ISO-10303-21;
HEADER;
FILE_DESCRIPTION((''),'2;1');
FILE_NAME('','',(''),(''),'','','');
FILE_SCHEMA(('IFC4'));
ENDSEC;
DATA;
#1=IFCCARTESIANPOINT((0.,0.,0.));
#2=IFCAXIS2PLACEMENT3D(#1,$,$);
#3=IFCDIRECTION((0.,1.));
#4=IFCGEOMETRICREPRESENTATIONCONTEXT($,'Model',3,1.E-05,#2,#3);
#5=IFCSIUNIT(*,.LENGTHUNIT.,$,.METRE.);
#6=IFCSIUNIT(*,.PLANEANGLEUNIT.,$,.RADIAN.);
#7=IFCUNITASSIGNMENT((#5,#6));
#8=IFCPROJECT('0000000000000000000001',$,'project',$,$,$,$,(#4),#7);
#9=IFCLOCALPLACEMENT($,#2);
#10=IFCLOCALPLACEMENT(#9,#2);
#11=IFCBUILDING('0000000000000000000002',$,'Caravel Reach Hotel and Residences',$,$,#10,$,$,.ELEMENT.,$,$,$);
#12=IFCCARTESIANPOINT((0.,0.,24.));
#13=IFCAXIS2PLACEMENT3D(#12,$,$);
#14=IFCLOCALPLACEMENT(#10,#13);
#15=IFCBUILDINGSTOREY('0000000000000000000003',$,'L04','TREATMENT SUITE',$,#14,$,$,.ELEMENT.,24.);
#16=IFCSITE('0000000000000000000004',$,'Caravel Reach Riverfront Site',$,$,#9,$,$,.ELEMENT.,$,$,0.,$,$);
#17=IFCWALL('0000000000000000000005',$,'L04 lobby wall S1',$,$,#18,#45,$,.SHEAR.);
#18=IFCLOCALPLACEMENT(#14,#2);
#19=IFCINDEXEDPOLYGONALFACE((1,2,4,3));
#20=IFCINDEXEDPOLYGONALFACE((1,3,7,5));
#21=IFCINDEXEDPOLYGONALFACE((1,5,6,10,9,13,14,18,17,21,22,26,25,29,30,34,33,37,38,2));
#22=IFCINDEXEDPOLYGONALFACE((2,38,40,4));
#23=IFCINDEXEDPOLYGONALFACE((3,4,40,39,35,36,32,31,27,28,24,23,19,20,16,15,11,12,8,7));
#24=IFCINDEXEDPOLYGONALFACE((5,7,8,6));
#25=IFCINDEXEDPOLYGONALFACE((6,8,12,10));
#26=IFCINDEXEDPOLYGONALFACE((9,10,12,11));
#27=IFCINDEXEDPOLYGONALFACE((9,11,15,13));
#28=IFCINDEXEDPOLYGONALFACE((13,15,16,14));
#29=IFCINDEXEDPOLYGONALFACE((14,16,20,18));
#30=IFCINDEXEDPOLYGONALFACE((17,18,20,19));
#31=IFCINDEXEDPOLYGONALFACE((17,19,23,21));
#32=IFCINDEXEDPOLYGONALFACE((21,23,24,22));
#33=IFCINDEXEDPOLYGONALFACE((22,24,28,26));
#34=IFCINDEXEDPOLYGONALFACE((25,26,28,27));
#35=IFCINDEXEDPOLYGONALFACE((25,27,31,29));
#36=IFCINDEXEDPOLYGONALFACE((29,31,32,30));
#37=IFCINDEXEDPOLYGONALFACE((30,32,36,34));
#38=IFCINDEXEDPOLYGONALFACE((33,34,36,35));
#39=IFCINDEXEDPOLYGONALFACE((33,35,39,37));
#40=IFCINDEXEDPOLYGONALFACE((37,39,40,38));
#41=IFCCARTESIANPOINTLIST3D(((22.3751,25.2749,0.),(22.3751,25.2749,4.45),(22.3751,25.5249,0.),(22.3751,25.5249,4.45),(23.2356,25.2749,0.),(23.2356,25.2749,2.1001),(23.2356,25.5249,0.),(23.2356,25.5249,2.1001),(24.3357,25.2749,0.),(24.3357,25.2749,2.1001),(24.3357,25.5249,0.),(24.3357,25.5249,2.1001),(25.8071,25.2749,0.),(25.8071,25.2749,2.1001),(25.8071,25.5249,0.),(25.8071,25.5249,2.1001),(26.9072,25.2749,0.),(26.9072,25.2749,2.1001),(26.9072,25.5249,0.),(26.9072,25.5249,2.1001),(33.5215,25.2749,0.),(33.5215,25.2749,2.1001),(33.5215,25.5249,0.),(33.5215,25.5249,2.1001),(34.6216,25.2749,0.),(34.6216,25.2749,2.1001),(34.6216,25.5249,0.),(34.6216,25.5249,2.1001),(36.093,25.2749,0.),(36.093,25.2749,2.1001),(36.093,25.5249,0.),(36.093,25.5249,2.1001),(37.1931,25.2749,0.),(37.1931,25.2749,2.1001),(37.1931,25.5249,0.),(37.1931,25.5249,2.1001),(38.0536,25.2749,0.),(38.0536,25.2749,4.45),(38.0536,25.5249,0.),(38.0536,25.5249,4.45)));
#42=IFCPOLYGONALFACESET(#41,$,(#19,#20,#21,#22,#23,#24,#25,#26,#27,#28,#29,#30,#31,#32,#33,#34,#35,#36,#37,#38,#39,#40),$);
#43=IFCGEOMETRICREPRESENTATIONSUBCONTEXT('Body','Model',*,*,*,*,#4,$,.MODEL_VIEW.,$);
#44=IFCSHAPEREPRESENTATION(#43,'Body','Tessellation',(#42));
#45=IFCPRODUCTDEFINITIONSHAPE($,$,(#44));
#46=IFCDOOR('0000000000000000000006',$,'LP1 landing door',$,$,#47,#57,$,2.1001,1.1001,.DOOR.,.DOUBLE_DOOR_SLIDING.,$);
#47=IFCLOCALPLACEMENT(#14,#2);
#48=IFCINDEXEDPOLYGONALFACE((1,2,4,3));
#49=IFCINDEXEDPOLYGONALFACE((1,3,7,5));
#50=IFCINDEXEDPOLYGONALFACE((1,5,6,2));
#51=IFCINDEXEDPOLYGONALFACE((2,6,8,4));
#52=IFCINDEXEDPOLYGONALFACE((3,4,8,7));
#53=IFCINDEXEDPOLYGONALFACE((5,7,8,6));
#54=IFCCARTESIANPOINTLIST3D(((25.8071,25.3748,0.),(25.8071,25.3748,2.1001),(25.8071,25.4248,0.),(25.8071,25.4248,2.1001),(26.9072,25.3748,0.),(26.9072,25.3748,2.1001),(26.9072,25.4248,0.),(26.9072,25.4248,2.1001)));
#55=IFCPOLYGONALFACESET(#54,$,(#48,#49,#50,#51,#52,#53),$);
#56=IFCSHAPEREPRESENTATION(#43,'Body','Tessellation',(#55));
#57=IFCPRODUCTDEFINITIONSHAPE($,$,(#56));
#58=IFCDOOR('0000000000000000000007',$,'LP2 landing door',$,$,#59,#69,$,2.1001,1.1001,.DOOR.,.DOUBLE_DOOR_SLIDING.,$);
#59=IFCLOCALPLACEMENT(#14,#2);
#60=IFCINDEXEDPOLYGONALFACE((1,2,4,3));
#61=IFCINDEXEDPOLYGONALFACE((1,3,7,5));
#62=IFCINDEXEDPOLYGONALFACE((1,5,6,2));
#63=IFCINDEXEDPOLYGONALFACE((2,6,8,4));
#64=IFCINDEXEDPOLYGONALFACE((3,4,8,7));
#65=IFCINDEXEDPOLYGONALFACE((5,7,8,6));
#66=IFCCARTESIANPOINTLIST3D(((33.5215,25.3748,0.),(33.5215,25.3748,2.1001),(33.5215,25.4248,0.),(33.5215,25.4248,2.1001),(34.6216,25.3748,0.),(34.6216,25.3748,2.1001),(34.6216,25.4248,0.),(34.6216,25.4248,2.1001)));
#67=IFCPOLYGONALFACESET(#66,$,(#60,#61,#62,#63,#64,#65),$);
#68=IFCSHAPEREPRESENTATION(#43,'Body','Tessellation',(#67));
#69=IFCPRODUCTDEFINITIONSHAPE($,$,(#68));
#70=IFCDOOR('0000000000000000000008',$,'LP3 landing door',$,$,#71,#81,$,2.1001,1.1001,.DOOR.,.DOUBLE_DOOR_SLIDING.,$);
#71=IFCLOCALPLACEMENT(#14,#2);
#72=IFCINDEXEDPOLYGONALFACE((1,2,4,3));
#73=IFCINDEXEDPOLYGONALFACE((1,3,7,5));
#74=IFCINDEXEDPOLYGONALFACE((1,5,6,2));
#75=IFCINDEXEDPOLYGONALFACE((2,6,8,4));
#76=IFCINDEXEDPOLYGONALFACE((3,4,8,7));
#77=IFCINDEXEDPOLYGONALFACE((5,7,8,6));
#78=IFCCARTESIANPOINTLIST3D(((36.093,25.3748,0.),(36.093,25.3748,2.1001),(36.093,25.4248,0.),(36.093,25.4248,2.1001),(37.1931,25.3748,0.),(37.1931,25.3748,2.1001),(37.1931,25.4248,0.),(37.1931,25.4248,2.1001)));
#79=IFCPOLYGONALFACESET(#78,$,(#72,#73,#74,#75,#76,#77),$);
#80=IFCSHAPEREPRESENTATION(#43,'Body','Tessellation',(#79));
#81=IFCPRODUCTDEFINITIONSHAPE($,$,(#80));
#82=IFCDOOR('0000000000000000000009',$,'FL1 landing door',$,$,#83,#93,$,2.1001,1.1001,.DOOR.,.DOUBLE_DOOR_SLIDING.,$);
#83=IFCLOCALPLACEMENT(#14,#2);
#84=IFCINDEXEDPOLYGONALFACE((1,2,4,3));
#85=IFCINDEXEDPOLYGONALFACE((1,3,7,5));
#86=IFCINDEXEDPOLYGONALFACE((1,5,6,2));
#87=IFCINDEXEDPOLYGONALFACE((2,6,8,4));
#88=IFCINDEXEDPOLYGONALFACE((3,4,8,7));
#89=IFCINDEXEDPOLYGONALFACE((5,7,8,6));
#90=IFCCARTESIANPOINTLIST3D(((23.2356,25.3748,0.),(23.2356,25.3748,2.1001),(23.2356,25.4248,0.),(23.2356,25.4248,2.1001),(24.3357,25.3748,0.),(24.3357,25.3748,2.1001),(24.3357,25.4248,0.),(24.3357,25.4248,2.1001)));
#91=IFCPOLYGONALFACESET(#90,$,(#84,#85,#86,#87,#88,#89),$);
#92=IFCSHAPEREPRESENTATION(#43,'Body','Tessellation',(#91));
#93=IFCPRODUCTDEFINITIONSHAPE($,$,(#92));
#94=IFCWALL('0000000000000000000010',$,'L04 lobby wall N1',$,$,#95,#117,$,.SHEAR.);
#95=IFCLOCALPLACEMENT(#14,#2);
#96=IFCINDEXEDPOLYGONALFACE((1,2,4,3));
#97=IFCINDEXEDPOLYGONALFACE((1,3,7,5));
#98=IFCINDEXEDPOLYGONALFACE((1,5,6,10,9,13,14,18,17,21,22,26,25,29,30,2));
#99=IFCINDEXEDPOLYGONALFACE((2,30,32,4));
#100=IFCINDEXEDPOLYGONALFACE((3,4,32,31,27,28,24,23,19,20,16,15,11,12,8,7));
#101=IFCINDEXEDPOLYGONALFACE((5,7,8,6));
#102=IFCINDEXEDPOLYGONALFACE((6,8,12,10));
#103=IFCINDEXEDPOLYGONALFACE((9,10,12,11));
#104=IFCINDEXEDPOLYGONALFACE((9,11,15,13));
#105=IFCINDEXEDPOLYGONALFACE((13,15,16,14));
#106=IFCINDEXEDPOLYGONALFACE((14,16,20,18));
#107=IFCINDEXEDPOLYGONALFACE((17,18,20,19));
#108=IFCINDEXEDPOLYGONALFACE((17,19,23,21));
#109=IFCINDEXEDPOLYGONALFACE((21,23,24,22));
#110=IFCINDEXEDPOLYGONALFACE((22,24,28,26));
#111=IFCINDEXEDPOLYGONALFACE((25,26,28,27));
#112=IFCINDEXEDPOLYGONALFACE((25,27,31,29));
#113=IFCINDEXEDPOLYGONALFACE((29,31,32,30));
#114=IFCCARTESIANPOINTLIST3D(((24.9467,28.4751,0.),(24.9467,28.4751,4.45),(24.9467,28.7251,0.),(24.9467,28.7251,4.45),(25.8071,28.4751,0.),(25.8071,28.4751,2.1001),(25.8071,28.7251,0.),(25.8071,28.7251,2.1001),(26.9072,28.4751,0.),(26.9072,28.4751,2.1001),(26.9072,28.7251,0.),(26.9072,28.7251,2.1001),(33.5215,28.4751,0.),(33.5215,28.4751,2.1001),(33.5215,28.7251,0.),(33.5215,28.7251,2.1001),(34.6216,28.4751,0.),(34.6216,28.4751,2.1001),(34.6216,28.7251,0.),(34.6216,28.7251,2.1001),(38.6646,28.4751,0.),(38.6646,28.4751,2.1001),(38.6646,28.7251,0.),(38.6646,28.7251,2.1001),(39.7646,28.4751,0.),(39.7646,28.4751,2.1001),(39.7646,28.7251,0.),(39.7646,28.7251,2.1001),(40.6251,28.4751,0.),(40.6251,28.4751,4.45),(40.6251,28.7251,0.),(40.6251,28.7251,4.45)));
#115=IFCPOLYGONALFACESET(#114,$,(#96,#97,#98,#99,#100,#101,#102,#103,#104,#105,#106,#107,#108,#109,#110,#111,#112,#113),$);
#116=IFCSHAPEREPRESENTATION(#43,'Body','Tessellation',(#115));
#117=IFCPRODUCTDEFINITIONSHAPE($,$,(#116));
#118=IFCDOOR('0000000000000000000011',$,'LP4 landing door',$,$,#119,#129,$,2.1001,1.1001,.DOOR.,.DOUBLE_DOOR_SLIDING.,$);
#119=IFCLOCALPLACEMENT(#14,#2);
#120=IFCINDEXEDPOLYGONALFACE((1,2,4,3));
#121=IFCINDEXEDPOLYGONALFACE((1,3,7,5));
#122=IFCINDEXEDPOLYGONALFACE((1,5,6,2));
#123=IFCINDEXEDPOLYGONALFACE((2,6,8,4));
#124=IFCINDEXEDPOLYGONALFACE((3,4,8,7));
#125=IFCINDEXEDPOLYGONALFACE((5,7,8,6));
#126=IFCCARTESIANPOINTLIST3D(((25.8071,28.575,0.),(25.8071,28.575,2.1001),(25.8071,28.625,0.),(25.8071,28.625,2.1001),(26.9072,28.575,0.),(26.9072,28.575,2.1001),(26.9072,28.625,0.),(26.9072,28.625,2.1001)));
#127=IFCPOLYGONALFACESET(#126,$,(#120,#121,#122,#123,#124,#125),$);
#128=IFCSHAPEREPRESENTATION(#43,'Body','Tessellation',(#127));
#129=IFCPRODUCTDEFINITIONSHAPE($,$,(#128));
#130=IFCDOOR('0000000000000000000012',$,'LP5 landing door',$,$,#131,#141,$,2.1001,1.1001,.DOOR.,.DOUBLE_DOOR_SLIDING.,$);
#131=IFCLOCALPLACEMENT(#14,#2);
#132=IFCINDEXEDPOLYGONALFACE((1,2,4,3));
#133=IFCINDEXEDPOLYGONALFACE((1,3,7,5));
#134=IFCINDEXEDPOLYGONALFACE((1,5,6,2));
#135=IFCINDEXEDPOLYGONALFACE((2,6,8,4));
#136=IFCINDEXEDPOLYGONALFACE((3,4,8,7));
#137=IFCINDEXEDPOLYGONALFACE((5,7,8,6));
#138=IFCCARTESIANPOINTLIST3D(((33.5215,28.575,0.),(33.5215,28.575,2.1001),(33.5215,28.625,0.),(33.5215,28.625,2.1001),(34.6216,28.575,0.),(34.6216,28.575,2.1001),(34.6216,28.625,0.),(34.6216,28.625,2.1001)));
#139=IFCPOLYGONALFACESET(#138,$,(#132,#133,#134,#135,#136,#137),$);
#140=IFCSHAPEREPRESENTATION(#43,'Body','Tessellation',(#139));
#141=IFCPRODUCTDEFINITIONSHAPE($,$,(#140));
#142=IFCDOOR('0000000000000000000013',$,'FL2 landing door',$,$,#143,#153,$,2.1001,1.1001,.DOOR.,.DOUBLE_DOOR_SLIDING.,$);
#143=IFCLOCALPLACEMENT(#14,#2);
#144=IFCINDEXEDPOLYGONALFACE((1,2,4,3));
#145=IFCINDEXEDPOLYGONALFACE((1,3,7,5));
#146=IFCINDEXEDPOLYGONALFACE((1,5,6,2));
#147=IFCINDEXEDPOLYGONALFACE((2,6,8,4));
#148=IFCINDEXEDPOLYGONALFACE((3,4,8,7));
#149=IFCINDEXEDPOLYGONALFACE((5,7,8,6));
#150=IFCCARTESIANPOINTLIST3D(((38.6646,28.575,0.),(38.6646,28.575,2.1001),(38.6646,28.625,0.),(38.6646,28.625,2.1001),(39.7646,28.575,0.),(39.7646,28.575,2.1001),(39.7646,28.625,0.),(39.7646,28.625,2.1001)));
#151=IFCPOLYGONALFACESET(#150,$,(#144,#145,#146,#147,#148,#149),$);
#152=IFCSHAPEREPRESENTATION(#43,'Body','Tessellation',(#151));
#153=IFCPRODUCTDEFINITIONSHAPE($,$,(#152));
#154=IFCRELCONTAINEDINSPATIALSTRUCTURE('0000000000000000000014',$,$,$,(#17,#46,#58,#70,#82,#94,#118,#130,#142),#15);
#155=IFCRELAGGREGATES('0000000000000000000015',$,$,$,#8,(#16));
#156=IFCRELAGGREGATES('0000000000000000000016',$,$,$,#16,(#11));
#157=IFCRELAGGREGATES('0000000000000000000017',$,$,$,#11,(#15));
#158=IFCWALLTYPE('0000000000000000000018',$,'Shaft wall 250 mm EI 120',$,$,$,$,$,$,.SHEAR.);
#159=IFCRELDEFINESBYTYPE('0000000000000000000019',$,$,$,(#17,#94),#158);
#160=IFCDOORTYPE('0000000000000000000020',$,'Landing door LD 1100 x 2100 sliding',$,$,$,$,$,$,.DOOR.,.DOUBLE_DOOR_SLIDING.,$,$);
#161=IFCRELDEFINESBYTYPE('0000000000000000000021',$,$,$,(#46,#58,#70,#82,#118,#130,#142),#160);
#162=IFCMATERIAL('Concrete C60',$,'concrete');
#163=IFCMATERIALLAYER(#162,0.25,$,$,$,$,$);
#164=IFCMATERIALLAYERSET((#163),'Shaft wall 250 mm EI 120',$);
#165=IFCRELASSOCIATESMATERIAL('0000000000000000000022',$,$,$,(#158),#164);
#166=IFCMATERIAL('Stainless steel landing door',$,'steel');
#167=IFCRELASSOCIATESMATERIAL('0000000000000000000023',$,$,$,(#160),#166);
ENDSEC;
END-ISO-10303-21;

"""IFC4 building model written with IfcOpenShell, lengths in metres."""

from ifc_helpers import new_model, si_unit, direction, frame, frame_2d, origin, place, context, subcontext, project, spatial, rectangle, extrude, material, layer, layer_set, type_object, element, fill, save


model = new_model("IFC4")

# Units and contexts
model_context = context("Model", 3, precision=1e-05, world=origin(), true_north=direction((0.0, 1.0)))
body_context = subcontext(model_context, "Body", "Model", "MODEL_VIEW")
ifc_project = project(units=[si_unit("LENGTHUNIT", "METRE"), si_unit("PLANEANGLEUNIT", "RADIAN")], contexts=[model_context])

# Site, building, storey
site_placement = place(None, origin())
site = spatial("IfcSite", under=ifc_project, at=site_placement, Name="Caravel Reach Riverfront Site", CompositionType="ELEMENT", RefElevation=0.0)
building_placement = place(site_placement, origin())
building = spatial("IfcBuilding", under=site, at=building_placement, Name="Caravel Reach Hotel and Residences", CompositionType="ELEMENT")
storey_placement = place(building_placement, frame((0.0, 0.0, 24.0)))
storey = spatial("IfcBuildingStorey", under=building, at=storey_placement, Name="L04", Description="TREATMENT SUITE", CompositionType="ELEMENT", Elevation=24.0)

# Walls, openings, doors
ifc_material_1 = material(Name="Concrete C60", Category="concrete")
ifc_layer_1 = layer(ifc_material_1, 0.25)
ifc_layer_set_1 = layer_set([ifc_layer_1], Name="Shaft wall 250 mm EI 120")
wall_type_1 = type_object("IfcWallType", Name="Shaft wall 250 mm EI 120", PredefinedType="SHEAR", material=ifc_layer_set_1)
wall_1_placement = place(storey_placement, frame((22.375, 25.3999, 0.0), z_axis=(0.0, 0.0, 1.0), x_axis=(1.0, 0.0, 0.0)))
wall_1 = element("IfcWall", 1, at=wall_1_placement, inside=storey, type_object=wall_type_1, Name="L04 lobby wall S1", PredefinedType="SHEAR", context=body_context, shape_type="SweptSolid", body=[
    extrude(rectangle(XDim=15.6785, YDim=0.25, at=frame_2d((7.8394, 0.0))), origin(), (0.0, 0.0, 1.0), 4.45),
])
opening_1_placement = place(wall_1_placement, frame((3.4321, 0.0, 0.0)))
opening_1 = element("IfcOpeningElement", 2, at=opening_1_placement, cuts=wall_1, PredefinedType="OPENING", context=body_context, shape_type="SweptSolid", body=[
    extrude(rectangle(XDim=1.1001, YDim=2.1001, at=frame_2d((0.55, 1.05))), frame((0.0, 0.135, 0.0), z_axis=(0.0, -1.0, 0.0), x_axis=(1.0, 0.0, 0.0)), (0.0, 0.0, 1.0), 0.27),
])
opening_2_placement = place(wall_1_placement, frame((11.1465, 0.0, 0.0)))
opening_2 = element("IfcOpeningElement", 3, at=opening_2_placement, cuts=wall_1, PredefinedType="OPENING", context=body_context, shape_type="SweptSolid", body=[
    extrude(rectangle(XDim=1.1001, YDim=2.1001, at=frame_2d((0.55, 1.05))), frame((0.0, 0.135, 0.0), z_axis=(0.0, -1.0, 0.0), x_axis=(1.0, 0.0, 0.0)), (0.0, 0.0, 1.0), 0.27),
])
opening_3_placement = place(wall_1_placement, frame((13.718, 0.0, 0.0)))
opening_3 = element("IfcOpeningElement", 4, at=opening_3_placement, cuts=wall_1, PredefinedType="OPENING", context=body_context, shape_type="SweptSolid", body=[
    extrude(rectangle(XDim=1.1001, YDim=2.1001, at=frame_2d((0.55, 1.05))), frame((0.0, 0.135, 0.0), z_axis=(0.0, -1.0, 0.0), x_axis=(1.0, 0.0, 0.0)), (0.0, 0.0, 1.0), 0.27),
])
opening_4_placement = place(wall_1_placement, frame((0.8606, 0.0, 0.0)))
opening_4 = element("IfcOpeningElement", 5, at=opening_4_placement, cuts=wall_1, PredefinedType="OPENING", context=body_context, shape_type="SweptSolid", body=[
    extrude(rectangle(XDim=1.1001, YDim=2.1001, at=frame_2d((0.55, 1.05))), frame((0.0, 0.135, 0.0), z_axis=(0.0, -1.0, 0.0), x_axis=(1.0, 0.0, 0.0)), (0.0, 0.0, 1.0), 0.27),
])
ifc_material_2 = material(Name="Stainless steel landing door", Category="steel")
door_type_1 = type_object("IfcDoorType", Name="Landing door LD 1100 x 2100 sliding", OperationType="DOUBLE_DOOR_SLIDING", PredefinedType="DOOR", material=ifc_material_2)
door_1_placement = place(opening_1_placement, origin())
door_1 = element("IfcDoor", 6, at=door_1_placement, inside=storey, type_object=door_type_1, Name="LP1 landing door", OperationType="DOUBLE_DOOR_SLIDING", OverallHeight=2.1001, OverallWidth=1.1001, PredefinedType="DOOR", context=body_context, shape_type="SweptSolid", body=[
    extrude(rectangle(XDim=1.1001, YDim=2.1001, at=frame_2d((0.55, 1.05))), frame((0.0, 0.0249, 0.0), z_axis=(0.0, -1.0, 0.0), x_axis=(1.0, 0.0, 0.0)), (0.0, 0.0, 1.0), 0.05),
])
fill(opening_1, door_1)
door_2_placement = place(opening_2_placement, origin())
door_2 = element("IfcDoor", 7, at=door_2_placement, inside=storey, type_object=door_type_1, Name="LP2 landing door", OperationType="DOUBLE_DOOR_SLIDING", OverallHeight=2.1001, OverallWidth=1.1001, PredefinedType="DOOR", context=body_context, shape_type="SweptSolid", body=[
    extrude(rectangle(XDim=1.1001, YDim=2.1001, at=frame_2d((0.55, 1.05))), frame((0.0, 0.0249, 0.0), z_axis=(0.0, -1.0, 0.0), x_axis=(1.0, 0.0, 0.0)), (0.0, 0.0, 1.0), 0.05),
])
fill(opening_2, door_2)
door_3_placement = place(opening_3_placement, origin())
door_3 = element("IfcDoor", 8, at=door_3_placement, inside=storey, type_object=door_type_1, Name="LP3 landing door", OperationType="DOUBLE_DOOR_SLIDING", OverallHeight=2.1001, OverallWidth=1.1001, PredefinedType="DOOR", context=body_context, shape_type="SweptSolid", body=[
    extrude(rectangle(XDim=1.1001, YDim=2.1001, at=frame_2d((0.55, 1.05))), frame((0.0, 0.0249, 0.0), z_axis=(0.0, -1.0, 0.0), x_axis=(1.0, 0.0, 0.0)), (0.0, 0.0, 1.0), 0.05),
])
fill(opening_3, door_3)
door_4_placement = place(opening_4_placement, origin())
door_4 = element("IfcDoor", 9, at=door_4_placement, inside=storey, type_object=door_type_1, Name="FL1 landing door", OperationType="DOUBLE_DOOR_SLIDING", OverallHeight=2.1001, OverallWidth=1.1001, PredefinedType="DOOR", context=body_context, shape_type="SweptSolid", body=[
    extrude(rectangle(XDim=1.1001, YDim=2.1001, at=frame_2d((0.55, 1.05))), frame((0.0, 0.0249, 0.0), z_axis=(0.0, -1.0, 0.0), x_axis=(1.0, 0.0, 0.0)), (0.0, 0.0, 1.0), 0.05),
])
fill(opening_4, door_4)
wall_2_placement = place(storey_placement, frame((24.9465, 28.6001, 0.0), z_axis=(0.0, 0.0, 1.0), x_axis=(1.0, 0.0, 0.0)))
wall_2 = element("IfcWall", 10, at=wall_2_placement, inside=storey, type_object=wall_type_1, Name="L04 lobby wall N1", PredefinedType="SHEAR", context=body_context, shape_type="SweptSolid", body=[
    extrude(rectangle(XDim=15.6785, YDim=0.25, at=frame_2d((7.8394, 0.0))), origin(), (0.0, 0.0, 1.0), 4.45),
])
opening_5_placement = place(wall_2_placement, frame((0.8606, 0.0, 0.0)))
opening_5 = element("IfcOpeningElement", 11, at=opening_5_placement, cuts=wall_2, PredefinedType="OPENING", context=body_context, shape_type="SweptSolid", body=[
    extrude(rectangle(XDim=1.1001, YDim=2.1001, at=frame_2d((0.55, 1.05))), frame((0.0, 0.135, 0.0), z_axis=(0.0, -1.0, 0.0), x_axis=(1.0, 0.0, 0.0)), (0.0, 0.0, 1.0), 0.27),
])
opening_6_placement = place(wall_2_placement, frame((8.575, 0.0, 0.0)))
opening_6 = element("IfcOpeningElement", 12, at=opening_6_placement, cuts=wall_2, PredefinedType="OPENING", context=body_context, shape_type="SweptSolid", body=[
    extrude(rectangle(XDim=1.1001, YDim=2.1001, at=frame_2d((0.55, 1.05))), frame((0.0, 0.135, 0.0), z_axis=(0.0, -1.0, 0.0), x_axis=(1.0, 0.0, 0.0)), (0.0, 0.0, 1.0), 0.27),
])
opening_7_placement = place(wall_2_placement, frame((13.718, 0.0, 0.0)))
opening_7 = element("IfcOpeningElement", 13, at=opening_7_placement, cuts=wall_2, PredefinedType="OPENING", context=body_context, shape_type="SweptSolid", body=[
    extrude(rectangle(XDim=1.1001, YDim=2.1001, at=frame_2d((0.55, 1.05))), frame((0.0, 0.135, 0.0), z_axis=(0.0, -1.0, 0.0), x_axis=(1.0, 0.0, 0.0)), (0.0, 0.0, 1.0), 0.27),
])
door_5_placement = place(opening_5_placement, origin())
door_5 = element("IfcDoor", 14, at=door_5_placement, inside=storey, type_object=door_type_1, Name="LP4 landing door", OperationType="DOUBLE_DOOR_SLIDING", OverallHeight=2.1001, OverallWidth=1.1001, PredefinedType="DOOR", context=body_context, shape_type="SweptSolid", body=[
    extrude(rectangle(XDim=1.1001, YDim=2.1001, at=frame_2d((0.55, 1.05))), frame((0.0, 0.0249, 0.0), z_axis=(0.0, -1.0, 0.0), x_axis=(1.0, 0.0, 0.0)), (0.0, 0.0, 1.0), 0.05),
])
fill(opening_5, door_5)
door_6_placement = place(opening_6_placement, origin())
door_6 = element("IfcDoor", 15, at=door_6_placement, inside=storey, type_object=door_type_1, Name="LP5 landing door", OperationType="DOUBLE_DOOR_SLIDING", OverallHeight=2.1001, OverallWidth=1.1001, PredefinedType="DOOR", context=body_context, shape_type="SweptSolid", body=[
    extrude(rectangle(XDim=1.1001, YDim=2.1001, at=frame_2d((0.55, 1.05))), frame((0.0, 0.0249, 0.0), z_axis=(0.0, -1.0, 0.0), x_axis=(1.0, 0.0, 0.0)), (0.0, 0.0, 1.0), 0.05),
])
fill(opening_6, door_6)
door_7_placement = place(opening_7_placement, origin())
door_7 = element("IfcDoor", 16, at=door_7_placement, inside=storey, type_object=door_type_1, Name="FL2 landing door", OperationType="DOUBLE_DOOR_SLIDING", OverallHeight=2.1001, OverallWidth=1.1001, PredefinedType="DOOR", context=body_context, shape_type="SweptSolid", body=[
    extrude(rectangle(XDim=1.1001, YDim=2.1001, at=frame_2d((0.55, 1.05))), frame((0.0, 0.0249, 0.0), z_axis=(0.0, -1.0, 0.0), x_axis=(1.0, 0.0, 0.0)), (0.0, 0.0, 1.0), 0.05),
])
fill(opening_7, door_7)

save(model, "model.ifc")
